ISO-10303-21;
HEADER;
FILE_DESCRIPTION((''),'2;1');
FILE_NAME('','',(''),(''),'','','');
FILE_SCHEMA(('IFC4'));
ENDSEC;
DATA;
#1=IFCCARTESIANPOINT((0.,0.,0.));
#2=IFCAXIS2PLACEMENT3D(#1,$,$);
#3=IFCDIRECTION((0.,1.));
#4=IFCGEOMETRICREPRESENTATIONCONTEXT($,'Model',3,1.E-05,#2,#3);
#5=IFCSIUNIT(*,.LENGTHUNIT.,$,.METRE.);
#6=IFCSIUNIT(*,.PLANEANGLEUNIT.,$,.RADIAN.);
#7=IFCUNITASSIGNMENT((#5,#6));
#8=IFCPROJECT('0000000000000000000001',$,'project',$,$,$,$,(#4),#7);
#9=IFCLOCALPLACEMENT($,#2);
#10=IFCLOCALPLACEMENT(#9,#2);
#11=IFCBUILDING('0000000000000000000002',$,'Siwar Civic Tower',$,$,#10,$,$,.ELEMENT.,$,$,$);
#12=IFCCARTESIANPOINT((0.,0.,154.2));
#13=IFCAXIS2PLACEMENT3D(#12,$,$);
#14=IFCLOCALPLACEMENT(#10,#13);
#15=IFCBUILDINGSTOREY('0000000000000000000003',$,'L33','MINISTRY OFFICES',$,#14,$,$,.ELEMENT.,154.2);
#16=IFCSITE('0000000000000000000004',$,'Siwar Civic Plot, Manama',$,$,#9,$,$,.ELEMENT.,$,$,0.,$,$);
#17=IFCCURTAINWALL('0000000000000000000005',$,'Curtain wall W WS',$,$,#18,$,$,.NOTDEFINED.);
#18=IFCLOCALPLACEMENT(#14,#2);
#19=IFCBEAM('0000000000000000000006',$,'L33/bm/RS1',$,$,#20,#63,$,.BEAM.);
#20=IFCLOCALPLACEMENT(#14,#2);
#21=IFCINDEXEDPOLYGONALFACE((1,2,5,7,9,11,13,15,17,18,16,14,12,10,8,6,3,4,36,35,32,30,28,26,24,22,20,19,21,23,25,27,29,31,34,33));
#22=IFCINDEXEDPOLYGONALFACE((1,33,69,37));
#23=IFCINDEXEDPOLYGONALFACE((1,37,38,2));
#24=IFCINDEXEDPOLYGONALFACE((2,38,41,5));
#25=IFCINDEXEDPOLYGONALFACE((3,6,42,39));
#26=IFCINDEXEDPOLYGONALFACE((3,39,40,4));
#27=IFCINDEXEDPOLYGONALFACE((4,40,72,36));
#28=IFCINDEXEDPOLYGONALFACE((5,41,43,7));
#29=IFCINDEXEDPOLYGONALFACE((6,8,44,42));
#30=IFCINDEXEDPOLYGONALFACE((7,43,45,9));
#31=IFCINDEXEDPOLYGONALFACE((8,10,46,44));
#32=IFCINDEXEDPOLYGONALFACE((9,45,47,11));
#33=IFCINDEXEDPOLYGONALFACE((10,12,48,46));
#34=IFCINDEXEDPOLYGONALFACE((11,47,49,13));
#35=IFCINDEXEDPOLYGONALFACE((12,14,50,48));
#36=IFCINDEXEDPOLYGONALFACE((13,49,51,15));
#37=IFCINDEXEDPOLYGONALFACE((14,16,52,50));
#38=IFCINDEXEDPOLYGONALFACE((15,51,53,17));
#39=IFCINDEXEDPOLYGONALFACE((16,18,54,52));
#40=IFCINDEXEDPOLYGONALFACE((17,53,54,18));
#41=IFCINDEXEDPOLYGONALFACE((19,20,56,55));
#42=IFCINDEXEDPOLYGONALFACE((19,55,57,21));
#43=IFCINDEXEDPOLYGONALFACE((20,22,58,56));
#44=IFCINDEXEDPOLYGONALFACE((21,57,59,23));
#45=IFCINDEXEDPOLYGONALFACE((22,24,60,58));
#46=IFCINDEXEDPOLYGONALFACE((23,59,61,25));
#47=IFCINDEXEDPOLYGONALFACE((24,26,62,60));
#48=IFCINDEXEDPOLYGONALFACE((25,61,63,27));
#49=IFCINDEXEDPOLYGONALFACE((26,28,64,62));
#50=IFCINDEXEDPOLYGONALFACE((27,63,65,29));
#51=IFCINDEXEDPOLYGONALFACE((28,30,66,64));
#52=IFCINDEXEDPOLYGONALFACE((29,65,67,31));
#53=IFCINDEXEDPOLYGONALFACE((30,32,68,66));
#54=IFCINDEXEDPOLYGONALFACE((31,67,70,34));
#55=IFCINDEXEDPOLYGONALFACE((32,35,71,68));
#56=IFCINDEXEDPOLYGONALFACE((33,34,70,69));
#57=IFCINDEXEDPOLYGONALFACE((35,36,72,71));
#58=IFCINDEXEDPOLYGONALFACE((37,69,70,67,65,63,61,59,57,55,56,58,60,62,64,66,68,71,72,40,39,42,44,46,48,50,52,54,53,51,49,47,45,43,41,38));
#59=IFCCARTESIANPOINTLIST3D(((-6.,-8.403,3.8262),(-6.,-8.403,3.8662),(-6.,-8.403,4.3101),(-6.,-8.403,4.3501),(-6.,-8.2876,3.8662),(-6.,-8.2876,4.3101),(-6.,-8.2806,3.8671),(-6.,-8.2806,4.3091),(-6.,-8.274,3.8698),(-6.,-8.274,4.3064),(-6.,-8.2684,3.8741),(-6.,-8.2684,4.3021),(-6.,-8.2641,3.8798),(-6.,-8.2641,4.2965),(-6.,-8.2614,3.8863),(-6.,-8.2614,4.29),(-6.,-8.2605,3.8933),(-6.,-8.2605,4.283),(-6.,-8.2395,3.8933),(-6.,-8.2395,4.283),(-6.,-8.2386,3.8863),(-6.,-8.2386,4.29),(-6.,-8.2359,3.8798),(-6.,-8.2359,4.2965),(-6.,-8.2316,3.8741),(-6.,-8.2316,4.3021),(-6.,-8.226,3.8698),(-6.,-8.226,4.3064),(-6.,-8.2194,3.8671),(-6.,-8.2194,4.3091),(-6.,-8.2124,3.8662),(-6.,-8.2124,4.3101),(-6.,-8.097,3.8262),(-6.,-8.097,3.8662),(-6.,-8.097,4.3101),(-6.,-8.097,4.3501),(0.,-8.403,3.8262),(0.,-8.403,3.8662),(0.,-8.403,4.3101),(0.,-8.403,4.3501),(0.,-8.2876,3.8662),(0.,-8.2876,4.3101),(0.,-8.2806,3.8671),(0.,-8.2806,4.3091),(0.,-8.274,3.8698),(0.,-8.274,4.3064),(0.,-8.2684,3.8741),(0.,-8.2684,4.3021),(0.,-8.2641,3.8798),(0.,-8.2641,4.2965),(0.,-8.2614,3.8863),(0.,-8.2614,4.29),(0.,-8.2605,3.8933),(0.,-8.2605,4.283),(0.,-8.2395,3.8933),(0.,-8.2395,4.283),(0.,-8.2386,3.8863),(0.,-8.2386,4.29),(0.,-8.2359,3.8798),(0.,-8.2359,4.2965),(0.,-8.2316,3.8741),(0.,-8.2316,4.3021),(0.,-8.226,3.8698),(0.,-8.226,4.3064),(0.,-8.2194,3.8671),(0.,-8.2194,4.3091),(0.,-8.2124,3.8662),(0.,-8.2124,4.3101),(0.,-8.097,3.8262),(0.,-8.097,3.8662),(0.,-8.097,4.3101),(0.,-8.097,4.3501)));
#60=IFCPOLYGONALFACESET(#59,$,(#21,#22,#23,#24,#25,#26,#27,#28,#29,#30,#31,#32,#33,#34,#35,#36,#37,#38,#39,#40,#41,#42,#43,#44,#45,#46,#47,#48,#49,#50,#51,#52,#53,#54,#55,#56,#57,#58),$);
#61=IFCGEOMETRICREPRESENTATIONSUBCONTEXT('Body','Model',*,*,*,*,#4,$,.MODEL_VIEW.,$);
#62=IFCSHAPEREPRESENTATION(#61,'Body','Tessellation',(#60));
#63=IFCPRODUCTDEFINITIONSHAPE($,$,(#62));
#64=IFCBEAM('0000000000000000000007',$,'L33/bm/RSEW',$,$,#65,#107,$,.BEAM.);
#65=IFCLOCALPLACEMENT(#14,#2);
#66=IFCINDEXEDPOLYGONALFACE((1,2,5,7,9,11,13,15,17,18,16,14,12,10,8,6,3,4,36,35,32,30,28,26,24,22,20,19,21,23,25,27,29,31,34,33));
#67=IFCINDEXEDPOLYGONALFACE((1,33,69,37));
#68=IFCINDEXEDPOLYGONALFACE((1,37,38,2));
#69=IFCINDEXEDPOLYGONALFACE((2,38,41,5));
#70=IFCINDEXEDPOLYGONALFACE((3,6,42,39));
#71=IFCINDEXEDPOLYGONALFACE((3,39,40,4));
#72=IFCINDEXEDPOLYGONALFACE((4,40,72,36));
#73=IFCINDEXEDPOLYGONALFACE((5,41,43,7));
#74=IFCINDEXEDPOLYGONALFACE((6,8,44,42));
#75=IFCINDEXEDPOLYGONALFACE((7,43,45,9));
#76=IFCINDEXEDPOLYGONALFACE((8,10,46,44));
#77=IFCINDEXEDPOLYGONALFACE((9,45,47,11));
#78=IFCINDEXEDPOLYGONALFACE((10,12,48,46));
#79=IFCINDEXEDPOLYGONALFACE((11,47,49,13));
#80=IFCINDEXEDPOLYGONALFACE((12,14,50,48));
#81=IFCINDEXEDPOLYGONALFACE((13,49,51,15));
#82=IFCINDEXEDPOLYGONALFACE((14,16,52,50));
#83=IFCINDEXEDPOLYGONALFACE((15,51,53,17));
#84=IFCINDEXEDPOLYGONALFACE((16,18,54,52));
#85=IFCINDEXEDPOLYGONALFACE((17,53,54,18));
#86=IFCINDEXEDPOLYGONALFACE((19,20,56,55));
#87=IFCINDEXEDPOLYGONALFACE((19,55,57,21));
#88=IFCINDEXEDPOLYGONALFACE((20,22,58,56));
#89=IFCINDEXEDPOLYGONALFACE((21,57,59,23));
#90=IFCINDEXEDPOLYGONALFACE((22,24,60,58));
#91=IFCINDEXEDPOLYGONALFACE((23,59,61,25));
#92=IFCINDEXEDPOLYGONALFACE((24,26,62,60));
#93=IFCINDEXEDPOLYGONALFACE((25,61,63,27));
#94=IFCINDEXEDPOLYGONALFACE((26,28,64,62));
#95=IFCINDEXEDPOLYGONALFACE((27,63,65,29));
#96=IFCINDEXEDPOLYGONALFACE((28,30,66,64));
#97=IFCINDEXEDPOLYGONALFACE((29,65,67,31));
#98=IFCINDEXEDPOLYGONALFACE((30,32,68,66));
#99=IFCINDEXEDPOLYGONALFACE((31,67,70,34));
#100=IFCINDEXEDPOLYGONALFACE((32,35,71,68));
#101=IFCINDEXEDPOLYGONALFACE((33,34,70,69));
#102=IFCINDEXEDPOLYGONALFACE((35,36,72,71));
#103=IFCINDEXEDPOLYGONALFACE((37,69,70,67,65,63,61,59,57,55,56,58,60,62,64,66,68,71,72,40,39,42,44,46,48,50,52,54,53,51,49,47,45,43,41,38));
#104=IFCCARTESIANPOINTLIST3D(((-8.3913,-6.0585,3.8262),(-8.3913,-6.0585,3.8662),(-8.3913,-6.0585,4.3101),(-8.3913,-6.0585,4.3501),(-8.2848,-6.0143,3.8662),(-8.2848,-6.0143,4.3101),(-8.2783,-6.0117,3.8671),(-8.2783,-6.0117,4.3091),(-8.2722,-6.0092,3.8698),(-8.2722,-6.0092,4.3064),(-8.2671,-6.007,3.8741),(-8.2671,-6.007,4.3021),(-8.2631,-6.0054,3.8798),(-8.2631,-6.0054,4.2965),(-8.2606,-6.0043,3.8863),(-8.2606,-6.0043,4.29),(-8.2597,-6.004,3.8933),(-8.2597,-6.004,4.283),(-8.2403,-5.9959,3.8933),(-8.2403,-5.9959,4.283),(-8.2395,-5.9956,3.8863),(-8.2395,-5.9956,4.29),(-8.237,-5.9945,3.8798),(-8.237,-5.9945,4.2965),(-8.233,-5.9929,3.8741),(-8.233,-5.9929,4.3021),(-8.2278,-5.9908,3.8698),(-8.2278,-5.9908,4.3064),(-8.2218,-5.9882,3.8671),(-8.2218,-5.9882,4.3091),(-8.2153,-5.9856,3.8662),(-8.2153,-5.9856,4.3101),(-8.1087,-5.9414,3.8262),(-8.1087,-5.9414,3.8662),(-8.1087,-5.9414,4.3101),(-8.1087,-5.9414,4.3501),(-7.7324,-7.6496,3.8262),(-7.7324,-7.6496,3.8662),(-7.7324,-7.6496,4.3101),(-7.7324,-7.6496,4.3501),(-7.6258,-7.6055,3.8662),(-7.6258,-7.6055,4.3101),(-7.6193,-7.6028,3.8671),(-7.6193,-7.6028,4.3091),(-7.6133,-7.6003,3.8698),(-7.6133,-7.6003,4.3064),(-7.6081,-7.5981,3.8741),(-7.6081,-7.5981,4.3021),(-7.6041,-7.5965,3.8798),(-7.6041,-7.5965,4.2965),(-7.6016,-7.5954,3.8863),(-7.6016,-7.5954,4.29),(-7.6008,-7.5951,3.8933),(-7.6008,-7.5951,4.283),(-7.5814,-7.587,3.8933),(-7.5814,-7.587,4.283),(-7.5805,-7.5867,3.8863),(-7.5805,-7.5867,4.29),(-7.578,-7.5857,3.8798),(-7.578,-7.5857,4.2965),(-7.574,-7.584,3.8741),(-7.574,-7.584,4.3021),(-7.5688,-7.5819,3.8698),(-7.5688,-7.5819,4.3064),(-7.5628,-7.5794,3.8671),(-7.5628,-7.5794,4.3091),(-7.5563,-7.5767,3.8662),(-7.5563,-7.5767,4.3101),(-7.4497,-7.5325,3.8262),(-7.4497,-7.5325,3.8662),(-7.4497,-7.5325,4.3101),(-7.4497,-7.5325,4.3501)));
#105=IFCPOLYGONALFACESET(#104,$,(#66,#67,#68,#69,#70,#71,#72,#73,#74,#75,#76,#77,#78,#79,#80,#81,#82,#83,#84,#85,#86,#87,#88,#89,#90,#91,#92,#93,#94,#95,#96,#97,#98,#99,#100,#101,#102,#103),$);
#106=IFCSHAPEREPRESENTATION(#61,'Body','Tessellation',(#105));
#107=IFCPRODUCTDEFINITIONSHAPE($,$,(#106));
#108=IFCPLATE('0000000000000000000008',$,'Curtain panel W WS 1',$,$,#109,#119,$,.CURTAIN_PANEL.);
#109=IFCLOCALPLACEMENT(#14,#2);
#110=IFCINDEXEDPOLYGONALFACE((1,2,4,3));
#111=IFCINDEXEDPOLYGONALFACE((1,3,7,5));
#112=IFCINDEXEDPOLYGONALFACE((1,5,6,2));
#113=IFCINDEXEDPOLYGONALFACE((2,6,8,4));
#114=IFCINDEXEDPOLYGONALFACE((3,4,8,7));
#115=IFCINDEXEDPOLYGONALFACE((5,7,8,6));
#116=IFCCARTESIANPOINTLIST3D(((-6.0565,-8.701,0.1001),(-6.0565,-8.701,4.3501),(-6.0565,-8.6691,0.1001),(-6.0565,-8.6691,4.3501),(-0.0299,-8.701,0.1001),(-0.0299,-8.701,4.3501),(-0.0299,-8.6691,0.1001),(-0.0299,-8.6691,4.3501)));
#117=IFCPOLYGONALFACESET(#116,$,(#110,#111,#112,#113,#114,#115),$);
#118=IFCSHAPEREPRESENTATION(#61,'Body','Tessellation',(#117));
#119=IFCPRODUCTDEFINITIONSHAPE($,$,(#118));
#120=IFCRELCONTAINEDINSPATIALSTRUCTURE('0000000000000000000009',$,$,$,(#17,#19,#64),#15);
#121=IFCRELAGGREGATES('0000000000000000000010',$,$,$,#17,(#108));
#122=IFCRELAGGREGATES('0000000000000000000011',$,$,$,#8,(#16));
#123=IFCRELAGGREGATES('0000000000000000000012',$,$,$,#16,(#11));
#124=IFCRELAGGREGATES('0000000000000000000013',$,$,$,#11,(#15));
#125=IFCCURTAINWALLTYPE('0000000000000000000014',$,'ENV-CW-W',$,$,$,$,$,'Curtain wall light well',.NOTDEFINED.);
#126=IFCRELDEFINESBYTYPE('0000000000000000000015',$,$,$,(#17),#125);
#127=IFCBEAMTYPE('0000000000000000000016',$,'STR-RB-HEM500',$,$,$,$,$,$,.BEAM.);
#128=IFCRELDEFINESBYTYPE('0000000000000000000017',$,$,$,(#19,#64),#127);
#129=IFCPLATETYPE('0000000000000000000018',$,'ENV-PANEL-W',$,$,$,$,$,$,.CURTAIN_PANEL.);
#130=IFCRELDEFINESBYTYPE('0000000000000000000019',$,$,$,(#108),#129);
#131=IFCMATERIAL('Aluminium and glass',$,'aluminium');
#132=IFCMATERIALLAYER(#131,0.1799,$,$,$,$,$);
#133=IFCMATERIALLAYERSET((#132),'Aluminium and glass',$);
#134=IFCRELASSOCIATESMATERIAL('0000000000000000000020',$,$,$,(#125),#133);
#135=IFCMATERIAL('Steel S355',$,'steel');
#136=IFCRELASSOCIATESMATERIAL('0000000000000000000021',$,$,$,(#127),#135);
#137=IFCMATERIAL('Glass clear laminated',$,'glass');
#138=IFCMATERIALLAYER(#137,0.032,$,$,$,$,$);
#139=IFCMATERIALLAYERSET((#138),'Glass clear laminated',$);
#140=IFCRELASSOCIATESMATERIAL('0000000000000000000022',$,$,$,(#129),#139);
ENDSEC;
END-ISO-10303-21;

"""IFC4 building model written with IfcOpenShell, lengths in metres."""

from ifc_helpers import new_model, si_unit, direction, frame, origin, origin_2d, place, context, subcontext, project, spatial, rectangle, i_section, extrude, material, layer, layer_set, material_profile, profile_set, type_object, element, aggregate, save


model = new_model("IFC4")

# Units and contexts
model_context = context("Model", 3, precision=1e-05, world=origin(), true_north=direction((0.0, 1.0)))
body_context = subcontext(model_context, "Body", "Model", "MODEL_VIEW")
ifc_project = project(units=[si_unit("LENGTHUNIT", "METRE"), si_unit("PLANEANGLEUNIT", "RADIAN")], contexts=[model_context])

# Site, building, storey
site_placement = place(None, origin())
site = spatial("IfcSite", under=ifc_project, at=site_placement, Name="Siwar Civic Plot, Manama", CompositionType="ELEMENT", RefElevation=0.0)
building_placement = place(site_placement, origin())
building = spatial("IfcBuilding", under=site, at=building_placement, Name="Siwar Civic Tower", CompositionType="ELEMENT")
storey_placement = place(building_placement, frame((0.0, 0.0, 154.2)))
storey = spatial("IfcBuildingStorey", under=building, at=storey_placement, Name="L33", Description="MINISTRY OFFICES", CompositionType="ELEMENT", Elevation=154.2)

# Curtain wall
ifc_material_1 = material(Name="Aluminium and glass", Category="aluminium")
ifc_layer_1 = layer(ifc_material_1, 0.1799)
ifc_layer_set_1 = layer_set([ifc_layer_1], Name="Aluminium and glass")
curtain_wall_type = type_object("IfcCurtainWallType", Name="ENV-CW-W", ElementType="Curtain wall light well", PredefinedType="NOTDEFINED", material=ifc_layer_set_1)
curtain_wall_placement = place(storey_placement, origin())
curtain_wall = element("IfcCurtainWall", 1, at=curtain_wall_placement, inside=storey, type_object=curtain_wall_type, Name="Curtain wall W WS", PredefinedType="NOTDEFINED")

# Beams
ifc_material_2 = material(Name="Steel S355", Category="steel")
ifc_material_profile_1 = material_profile(ifc_material_2, i_section(OverallWidth=0.3059, OverallDepth=0.5239, WebThickness=0.021, FlangeThickness=0.04, FilletRadius=0.0271, at=origin_2d()), Name="HEM500")
ifc_profile_set_1 = profile_set([ifc_material_profile_1], Name="Steel S355")
beam_type_1 = type_object("IfcBeamType", Name="STR-RB-HEM500", PredefinedType="BEAM", material=ifc_profile_set_1)
beam_1_placement = place(storey_placement, frame((-6.0, -8.25, 4.0881), z_axis=(1.0, 0.0, 0.0), x_axis=(0.0, 1.0, 0.0)))
element("IfcBeam", 2, at=beam_1_placement, inside=storey, type_object=beam_type_1, Name="L33/bm/RS1", PredefinedType="BEAM", context=body_context, shape_type="SweptSolid", body=[
    extrude(i_section(OverallWidth=0.3059, OverallDepth=0.5239, WebThickness=0.021, FlangeThickness=0.04, FilletRadius=0.0271, at=origin_2d()), origin(), (0.0, 0.0, 1.0), 6.0),
])
beam_2_placement = place(storey_placement, frame((-7.5911, -7.5911, 4.0881), z_axis=(-0.382631, 0.923901, 0.0), x_axis=(-0.923901, -0.382631, 0.0)))
element("IfcBeam", 3, at=beam_2_placement, inside=storey, type_object=beam_type_1, Name="L33/bm/RSEW", PredefinedType="BEAM", context=body_context, shape_type="SweptSolid", body=[
    extrude(i_section(OverallWidth=0.3059, OverallDepth=0.5239, WebThickness=0.021, FlangeThickness=0.04, FilletRadius=0.0271, at=origin_2d()), origin(), (0.0, 0.0, 1.0), 1.7222),
])

# Plate
ifc_material_3 = material(Name="Glass clear laminated", Category="glass")
ifc_layer_2 = layer(ifc_material_3, 0.032)
ifc_layer_set_2 = layer_set([ifc_layer_2], Name="Glass clear laminated")
plate_type = type_object("IfcPlateType", Name="ENV-PANEL-W", PredefinedType="CURTAIN_PANEL", material=ifc_layer_set_2)
plate_placement = place(storey_placement, frame((-3.0432, -8.6851, 0.1001), z_axis=(0.0, 0.0, 1.0), x_axis=(1.0, 0.0, 0.0)))
plate = element("IfcPlate", 4, at=plate_placement, type_object=plate_type, Name="Curtain panel W WS 1", PredefinedType="CURTAIN_PANEL", context=body_context, shape_type="SweptSolid", body=[
    extrude(rectangle(XDim=6.0266, YDim=0.032, at=origin_2d()), origin(), (0.0, 0.0, 1.0), 4.25),
])
aggregate(curtain_wall, [plate])

save(model, "model.ifc")
